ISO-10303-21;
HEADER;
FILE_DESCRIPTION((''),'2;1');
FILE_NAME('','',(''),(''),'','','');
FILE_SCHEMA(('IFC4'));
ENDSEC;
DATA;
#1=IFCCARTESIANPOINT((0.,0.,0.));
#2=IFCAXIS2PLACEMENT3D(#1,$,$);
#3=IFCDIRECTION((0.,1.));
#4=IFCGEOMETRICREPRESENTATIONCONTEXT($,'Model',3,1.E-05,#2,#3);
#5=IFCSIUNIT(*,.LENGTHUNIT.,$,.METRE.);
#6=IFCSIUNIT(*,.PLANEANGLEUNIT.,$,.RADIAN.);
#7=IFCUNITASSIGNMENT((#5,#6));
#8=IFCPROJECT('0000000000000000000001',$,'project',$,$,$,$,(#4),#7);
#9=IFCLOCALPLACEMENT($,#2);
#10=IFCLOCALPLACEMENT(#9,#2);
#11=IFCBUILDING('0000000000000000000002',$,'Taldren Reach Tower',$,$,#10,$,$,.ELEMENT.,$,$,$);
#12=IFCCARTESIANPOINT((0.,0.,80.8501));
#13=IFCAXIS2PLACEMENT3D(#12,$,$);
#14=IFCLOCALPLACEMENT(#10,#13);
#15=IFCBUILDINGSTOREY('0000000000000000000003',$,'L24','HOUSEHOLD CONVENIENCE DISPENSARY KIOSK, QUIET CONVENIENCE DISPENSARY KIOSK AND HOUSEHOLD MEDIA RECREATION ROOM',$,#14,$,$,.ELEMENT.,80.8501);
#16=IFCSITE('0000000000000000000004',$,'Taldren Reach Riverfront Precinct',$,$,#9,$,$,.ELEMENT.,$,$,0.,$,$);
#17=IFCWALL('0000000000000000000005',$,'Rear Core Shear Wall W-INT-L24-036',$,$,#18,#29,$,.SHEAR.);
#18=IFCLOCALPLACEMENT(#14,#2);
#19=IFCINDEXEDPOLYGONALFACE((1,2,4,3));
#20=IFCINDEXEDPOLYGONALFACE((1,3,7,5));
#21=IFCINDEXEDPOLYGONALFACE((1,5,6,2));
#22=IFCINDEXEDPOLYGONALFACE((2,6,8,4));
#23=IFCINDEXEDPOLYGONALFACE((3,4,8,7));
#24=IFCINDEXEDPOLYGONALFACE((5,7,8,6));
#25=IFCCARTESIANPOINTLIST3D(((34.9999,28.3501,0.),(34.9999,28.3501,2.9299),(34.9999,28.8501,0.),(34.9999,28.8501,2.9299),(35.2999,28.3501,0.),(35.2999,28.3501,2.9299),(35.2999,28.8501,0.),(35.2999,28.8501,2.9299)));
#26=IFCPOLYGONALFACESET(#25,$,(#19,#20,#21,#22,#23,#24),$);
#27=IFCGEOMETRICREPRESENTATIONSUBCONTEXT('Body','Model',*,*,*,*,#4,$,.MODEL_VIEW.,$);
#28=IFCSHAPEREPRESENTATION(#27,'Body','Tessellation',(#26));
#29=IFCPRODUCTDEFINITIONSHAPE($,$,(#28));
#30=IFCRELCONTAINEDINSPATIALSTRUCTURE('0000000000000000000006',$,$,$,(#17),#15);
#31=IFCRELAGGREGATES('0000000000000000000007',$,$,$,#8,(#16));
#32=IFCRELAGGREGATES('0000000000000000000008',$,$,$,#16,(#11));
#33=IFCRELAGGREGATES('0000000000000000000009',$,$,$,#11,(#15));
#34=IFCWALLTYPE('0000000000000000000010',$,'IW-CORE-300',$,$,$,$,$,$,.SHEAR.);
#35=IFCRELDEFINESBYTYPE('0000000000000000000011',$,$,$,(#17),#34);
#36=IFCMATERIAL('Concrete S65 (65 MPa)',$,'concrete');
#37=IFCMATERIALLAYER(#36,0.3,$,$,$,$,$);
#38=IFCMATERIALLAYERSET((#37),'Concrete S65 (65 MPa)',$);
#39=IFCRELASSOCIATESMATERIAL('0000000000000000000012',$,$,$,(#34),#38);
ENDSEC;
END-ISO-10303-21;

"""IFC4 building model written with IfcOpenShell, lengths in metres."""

from ifc_helpers import new_model, si_unit, direction, frame, frame_2d, origin, place, context, subcontext, project, spatial, rectangle, extrude, source, transform, mapped, material, layer, layer_set, type_object, element, save


model = new_model("IFC4")

# Units and contexts
model_context = context("Model", 3, precision=1e-05, world=origin(), true_north=direction((0.0, 1.0)))
body_context = subcontext(model_context, "Body", "Model", "MODEL_VIEW")
ifc_project = project(units=[si_unit("LENGTHUNIT", "METRE"), si_unit("PLANEANGLEUNIT", "RADIAN")], contexts=[model_context])

# Site, building, storey
site_placement = place(None, origin())
site = spatial("IfcSite", under=ifc_project, at=site_placement, Name="Taldren Reach Riverfront Precinct", CompositionType="ELEMENT", RefElevation=0.0)
building_placement = place(site_placement, origin())
building = spatial("IfcBuilding", under=site, at=building_placement, Name="Taldren Reach Tower", CompositionType="ELEMENT")
storey_placement = place(building_placement, frame((0.0, 0.0, 80.8501)))
storey = spatial("IfcBuildingStorey", under=building, at=storey_placement, Name="L24", Description="HOUSEHOLD CONVENIENCE DISPENSARY KIOSK, QUIET CONVENIENCE DISPENSARY KIOSK AND HOUSEHOLD MEDIA RECREATION ROOM", CompositionType="ELEMENT", Elevation=80.8501)

# Shared definitions
ifc_material_1 = material(Name="Concrete S65 (65 MPa)", Category="concrete")

# Shared definitions
ifc_layer_1 = layer(ifc_material_1, 0.3)
ifc_layer_set_1 = layer_set([ifc_layer_1], Name="Concrete S65 (65 MPa)")
wall_type_1 = type_object("IfcWallType", Name="IW-CORE-300", PredefinedType="SHEAR", material=ifc_layer_set_1)

# Wall
shared_shape_1 = source(origin(), body_context, "Body", "SweptSolid", [
    extrude(rectangle(XDim=0.5, YDim=0.3, at=frame_2d((0.25, 0.0))), origin(), (0.0, 0.0, 1.0), 2.9299),
])
wall_1_placement = place(storey_placement, frame((35.1499, 28.3501, 0.0), z_axis=(0.0, 0.0, 1.0), x_axis=(0.0, 1.0, 0.0)))
element("IfcWall", 1, at=wall_1_placement, inside=storey, type_object=wall_type_1, Name="Rear Core Shear Wall W-INT-L24-036", PredefinedType="SHEAR", context=body_context, shape_type="MappedRepresentation", body=[
    mapped(shared_shape_1, transform((0.0, 0.0, 0.0), scale=1.0)),
])

save(model, "model.ifc")
